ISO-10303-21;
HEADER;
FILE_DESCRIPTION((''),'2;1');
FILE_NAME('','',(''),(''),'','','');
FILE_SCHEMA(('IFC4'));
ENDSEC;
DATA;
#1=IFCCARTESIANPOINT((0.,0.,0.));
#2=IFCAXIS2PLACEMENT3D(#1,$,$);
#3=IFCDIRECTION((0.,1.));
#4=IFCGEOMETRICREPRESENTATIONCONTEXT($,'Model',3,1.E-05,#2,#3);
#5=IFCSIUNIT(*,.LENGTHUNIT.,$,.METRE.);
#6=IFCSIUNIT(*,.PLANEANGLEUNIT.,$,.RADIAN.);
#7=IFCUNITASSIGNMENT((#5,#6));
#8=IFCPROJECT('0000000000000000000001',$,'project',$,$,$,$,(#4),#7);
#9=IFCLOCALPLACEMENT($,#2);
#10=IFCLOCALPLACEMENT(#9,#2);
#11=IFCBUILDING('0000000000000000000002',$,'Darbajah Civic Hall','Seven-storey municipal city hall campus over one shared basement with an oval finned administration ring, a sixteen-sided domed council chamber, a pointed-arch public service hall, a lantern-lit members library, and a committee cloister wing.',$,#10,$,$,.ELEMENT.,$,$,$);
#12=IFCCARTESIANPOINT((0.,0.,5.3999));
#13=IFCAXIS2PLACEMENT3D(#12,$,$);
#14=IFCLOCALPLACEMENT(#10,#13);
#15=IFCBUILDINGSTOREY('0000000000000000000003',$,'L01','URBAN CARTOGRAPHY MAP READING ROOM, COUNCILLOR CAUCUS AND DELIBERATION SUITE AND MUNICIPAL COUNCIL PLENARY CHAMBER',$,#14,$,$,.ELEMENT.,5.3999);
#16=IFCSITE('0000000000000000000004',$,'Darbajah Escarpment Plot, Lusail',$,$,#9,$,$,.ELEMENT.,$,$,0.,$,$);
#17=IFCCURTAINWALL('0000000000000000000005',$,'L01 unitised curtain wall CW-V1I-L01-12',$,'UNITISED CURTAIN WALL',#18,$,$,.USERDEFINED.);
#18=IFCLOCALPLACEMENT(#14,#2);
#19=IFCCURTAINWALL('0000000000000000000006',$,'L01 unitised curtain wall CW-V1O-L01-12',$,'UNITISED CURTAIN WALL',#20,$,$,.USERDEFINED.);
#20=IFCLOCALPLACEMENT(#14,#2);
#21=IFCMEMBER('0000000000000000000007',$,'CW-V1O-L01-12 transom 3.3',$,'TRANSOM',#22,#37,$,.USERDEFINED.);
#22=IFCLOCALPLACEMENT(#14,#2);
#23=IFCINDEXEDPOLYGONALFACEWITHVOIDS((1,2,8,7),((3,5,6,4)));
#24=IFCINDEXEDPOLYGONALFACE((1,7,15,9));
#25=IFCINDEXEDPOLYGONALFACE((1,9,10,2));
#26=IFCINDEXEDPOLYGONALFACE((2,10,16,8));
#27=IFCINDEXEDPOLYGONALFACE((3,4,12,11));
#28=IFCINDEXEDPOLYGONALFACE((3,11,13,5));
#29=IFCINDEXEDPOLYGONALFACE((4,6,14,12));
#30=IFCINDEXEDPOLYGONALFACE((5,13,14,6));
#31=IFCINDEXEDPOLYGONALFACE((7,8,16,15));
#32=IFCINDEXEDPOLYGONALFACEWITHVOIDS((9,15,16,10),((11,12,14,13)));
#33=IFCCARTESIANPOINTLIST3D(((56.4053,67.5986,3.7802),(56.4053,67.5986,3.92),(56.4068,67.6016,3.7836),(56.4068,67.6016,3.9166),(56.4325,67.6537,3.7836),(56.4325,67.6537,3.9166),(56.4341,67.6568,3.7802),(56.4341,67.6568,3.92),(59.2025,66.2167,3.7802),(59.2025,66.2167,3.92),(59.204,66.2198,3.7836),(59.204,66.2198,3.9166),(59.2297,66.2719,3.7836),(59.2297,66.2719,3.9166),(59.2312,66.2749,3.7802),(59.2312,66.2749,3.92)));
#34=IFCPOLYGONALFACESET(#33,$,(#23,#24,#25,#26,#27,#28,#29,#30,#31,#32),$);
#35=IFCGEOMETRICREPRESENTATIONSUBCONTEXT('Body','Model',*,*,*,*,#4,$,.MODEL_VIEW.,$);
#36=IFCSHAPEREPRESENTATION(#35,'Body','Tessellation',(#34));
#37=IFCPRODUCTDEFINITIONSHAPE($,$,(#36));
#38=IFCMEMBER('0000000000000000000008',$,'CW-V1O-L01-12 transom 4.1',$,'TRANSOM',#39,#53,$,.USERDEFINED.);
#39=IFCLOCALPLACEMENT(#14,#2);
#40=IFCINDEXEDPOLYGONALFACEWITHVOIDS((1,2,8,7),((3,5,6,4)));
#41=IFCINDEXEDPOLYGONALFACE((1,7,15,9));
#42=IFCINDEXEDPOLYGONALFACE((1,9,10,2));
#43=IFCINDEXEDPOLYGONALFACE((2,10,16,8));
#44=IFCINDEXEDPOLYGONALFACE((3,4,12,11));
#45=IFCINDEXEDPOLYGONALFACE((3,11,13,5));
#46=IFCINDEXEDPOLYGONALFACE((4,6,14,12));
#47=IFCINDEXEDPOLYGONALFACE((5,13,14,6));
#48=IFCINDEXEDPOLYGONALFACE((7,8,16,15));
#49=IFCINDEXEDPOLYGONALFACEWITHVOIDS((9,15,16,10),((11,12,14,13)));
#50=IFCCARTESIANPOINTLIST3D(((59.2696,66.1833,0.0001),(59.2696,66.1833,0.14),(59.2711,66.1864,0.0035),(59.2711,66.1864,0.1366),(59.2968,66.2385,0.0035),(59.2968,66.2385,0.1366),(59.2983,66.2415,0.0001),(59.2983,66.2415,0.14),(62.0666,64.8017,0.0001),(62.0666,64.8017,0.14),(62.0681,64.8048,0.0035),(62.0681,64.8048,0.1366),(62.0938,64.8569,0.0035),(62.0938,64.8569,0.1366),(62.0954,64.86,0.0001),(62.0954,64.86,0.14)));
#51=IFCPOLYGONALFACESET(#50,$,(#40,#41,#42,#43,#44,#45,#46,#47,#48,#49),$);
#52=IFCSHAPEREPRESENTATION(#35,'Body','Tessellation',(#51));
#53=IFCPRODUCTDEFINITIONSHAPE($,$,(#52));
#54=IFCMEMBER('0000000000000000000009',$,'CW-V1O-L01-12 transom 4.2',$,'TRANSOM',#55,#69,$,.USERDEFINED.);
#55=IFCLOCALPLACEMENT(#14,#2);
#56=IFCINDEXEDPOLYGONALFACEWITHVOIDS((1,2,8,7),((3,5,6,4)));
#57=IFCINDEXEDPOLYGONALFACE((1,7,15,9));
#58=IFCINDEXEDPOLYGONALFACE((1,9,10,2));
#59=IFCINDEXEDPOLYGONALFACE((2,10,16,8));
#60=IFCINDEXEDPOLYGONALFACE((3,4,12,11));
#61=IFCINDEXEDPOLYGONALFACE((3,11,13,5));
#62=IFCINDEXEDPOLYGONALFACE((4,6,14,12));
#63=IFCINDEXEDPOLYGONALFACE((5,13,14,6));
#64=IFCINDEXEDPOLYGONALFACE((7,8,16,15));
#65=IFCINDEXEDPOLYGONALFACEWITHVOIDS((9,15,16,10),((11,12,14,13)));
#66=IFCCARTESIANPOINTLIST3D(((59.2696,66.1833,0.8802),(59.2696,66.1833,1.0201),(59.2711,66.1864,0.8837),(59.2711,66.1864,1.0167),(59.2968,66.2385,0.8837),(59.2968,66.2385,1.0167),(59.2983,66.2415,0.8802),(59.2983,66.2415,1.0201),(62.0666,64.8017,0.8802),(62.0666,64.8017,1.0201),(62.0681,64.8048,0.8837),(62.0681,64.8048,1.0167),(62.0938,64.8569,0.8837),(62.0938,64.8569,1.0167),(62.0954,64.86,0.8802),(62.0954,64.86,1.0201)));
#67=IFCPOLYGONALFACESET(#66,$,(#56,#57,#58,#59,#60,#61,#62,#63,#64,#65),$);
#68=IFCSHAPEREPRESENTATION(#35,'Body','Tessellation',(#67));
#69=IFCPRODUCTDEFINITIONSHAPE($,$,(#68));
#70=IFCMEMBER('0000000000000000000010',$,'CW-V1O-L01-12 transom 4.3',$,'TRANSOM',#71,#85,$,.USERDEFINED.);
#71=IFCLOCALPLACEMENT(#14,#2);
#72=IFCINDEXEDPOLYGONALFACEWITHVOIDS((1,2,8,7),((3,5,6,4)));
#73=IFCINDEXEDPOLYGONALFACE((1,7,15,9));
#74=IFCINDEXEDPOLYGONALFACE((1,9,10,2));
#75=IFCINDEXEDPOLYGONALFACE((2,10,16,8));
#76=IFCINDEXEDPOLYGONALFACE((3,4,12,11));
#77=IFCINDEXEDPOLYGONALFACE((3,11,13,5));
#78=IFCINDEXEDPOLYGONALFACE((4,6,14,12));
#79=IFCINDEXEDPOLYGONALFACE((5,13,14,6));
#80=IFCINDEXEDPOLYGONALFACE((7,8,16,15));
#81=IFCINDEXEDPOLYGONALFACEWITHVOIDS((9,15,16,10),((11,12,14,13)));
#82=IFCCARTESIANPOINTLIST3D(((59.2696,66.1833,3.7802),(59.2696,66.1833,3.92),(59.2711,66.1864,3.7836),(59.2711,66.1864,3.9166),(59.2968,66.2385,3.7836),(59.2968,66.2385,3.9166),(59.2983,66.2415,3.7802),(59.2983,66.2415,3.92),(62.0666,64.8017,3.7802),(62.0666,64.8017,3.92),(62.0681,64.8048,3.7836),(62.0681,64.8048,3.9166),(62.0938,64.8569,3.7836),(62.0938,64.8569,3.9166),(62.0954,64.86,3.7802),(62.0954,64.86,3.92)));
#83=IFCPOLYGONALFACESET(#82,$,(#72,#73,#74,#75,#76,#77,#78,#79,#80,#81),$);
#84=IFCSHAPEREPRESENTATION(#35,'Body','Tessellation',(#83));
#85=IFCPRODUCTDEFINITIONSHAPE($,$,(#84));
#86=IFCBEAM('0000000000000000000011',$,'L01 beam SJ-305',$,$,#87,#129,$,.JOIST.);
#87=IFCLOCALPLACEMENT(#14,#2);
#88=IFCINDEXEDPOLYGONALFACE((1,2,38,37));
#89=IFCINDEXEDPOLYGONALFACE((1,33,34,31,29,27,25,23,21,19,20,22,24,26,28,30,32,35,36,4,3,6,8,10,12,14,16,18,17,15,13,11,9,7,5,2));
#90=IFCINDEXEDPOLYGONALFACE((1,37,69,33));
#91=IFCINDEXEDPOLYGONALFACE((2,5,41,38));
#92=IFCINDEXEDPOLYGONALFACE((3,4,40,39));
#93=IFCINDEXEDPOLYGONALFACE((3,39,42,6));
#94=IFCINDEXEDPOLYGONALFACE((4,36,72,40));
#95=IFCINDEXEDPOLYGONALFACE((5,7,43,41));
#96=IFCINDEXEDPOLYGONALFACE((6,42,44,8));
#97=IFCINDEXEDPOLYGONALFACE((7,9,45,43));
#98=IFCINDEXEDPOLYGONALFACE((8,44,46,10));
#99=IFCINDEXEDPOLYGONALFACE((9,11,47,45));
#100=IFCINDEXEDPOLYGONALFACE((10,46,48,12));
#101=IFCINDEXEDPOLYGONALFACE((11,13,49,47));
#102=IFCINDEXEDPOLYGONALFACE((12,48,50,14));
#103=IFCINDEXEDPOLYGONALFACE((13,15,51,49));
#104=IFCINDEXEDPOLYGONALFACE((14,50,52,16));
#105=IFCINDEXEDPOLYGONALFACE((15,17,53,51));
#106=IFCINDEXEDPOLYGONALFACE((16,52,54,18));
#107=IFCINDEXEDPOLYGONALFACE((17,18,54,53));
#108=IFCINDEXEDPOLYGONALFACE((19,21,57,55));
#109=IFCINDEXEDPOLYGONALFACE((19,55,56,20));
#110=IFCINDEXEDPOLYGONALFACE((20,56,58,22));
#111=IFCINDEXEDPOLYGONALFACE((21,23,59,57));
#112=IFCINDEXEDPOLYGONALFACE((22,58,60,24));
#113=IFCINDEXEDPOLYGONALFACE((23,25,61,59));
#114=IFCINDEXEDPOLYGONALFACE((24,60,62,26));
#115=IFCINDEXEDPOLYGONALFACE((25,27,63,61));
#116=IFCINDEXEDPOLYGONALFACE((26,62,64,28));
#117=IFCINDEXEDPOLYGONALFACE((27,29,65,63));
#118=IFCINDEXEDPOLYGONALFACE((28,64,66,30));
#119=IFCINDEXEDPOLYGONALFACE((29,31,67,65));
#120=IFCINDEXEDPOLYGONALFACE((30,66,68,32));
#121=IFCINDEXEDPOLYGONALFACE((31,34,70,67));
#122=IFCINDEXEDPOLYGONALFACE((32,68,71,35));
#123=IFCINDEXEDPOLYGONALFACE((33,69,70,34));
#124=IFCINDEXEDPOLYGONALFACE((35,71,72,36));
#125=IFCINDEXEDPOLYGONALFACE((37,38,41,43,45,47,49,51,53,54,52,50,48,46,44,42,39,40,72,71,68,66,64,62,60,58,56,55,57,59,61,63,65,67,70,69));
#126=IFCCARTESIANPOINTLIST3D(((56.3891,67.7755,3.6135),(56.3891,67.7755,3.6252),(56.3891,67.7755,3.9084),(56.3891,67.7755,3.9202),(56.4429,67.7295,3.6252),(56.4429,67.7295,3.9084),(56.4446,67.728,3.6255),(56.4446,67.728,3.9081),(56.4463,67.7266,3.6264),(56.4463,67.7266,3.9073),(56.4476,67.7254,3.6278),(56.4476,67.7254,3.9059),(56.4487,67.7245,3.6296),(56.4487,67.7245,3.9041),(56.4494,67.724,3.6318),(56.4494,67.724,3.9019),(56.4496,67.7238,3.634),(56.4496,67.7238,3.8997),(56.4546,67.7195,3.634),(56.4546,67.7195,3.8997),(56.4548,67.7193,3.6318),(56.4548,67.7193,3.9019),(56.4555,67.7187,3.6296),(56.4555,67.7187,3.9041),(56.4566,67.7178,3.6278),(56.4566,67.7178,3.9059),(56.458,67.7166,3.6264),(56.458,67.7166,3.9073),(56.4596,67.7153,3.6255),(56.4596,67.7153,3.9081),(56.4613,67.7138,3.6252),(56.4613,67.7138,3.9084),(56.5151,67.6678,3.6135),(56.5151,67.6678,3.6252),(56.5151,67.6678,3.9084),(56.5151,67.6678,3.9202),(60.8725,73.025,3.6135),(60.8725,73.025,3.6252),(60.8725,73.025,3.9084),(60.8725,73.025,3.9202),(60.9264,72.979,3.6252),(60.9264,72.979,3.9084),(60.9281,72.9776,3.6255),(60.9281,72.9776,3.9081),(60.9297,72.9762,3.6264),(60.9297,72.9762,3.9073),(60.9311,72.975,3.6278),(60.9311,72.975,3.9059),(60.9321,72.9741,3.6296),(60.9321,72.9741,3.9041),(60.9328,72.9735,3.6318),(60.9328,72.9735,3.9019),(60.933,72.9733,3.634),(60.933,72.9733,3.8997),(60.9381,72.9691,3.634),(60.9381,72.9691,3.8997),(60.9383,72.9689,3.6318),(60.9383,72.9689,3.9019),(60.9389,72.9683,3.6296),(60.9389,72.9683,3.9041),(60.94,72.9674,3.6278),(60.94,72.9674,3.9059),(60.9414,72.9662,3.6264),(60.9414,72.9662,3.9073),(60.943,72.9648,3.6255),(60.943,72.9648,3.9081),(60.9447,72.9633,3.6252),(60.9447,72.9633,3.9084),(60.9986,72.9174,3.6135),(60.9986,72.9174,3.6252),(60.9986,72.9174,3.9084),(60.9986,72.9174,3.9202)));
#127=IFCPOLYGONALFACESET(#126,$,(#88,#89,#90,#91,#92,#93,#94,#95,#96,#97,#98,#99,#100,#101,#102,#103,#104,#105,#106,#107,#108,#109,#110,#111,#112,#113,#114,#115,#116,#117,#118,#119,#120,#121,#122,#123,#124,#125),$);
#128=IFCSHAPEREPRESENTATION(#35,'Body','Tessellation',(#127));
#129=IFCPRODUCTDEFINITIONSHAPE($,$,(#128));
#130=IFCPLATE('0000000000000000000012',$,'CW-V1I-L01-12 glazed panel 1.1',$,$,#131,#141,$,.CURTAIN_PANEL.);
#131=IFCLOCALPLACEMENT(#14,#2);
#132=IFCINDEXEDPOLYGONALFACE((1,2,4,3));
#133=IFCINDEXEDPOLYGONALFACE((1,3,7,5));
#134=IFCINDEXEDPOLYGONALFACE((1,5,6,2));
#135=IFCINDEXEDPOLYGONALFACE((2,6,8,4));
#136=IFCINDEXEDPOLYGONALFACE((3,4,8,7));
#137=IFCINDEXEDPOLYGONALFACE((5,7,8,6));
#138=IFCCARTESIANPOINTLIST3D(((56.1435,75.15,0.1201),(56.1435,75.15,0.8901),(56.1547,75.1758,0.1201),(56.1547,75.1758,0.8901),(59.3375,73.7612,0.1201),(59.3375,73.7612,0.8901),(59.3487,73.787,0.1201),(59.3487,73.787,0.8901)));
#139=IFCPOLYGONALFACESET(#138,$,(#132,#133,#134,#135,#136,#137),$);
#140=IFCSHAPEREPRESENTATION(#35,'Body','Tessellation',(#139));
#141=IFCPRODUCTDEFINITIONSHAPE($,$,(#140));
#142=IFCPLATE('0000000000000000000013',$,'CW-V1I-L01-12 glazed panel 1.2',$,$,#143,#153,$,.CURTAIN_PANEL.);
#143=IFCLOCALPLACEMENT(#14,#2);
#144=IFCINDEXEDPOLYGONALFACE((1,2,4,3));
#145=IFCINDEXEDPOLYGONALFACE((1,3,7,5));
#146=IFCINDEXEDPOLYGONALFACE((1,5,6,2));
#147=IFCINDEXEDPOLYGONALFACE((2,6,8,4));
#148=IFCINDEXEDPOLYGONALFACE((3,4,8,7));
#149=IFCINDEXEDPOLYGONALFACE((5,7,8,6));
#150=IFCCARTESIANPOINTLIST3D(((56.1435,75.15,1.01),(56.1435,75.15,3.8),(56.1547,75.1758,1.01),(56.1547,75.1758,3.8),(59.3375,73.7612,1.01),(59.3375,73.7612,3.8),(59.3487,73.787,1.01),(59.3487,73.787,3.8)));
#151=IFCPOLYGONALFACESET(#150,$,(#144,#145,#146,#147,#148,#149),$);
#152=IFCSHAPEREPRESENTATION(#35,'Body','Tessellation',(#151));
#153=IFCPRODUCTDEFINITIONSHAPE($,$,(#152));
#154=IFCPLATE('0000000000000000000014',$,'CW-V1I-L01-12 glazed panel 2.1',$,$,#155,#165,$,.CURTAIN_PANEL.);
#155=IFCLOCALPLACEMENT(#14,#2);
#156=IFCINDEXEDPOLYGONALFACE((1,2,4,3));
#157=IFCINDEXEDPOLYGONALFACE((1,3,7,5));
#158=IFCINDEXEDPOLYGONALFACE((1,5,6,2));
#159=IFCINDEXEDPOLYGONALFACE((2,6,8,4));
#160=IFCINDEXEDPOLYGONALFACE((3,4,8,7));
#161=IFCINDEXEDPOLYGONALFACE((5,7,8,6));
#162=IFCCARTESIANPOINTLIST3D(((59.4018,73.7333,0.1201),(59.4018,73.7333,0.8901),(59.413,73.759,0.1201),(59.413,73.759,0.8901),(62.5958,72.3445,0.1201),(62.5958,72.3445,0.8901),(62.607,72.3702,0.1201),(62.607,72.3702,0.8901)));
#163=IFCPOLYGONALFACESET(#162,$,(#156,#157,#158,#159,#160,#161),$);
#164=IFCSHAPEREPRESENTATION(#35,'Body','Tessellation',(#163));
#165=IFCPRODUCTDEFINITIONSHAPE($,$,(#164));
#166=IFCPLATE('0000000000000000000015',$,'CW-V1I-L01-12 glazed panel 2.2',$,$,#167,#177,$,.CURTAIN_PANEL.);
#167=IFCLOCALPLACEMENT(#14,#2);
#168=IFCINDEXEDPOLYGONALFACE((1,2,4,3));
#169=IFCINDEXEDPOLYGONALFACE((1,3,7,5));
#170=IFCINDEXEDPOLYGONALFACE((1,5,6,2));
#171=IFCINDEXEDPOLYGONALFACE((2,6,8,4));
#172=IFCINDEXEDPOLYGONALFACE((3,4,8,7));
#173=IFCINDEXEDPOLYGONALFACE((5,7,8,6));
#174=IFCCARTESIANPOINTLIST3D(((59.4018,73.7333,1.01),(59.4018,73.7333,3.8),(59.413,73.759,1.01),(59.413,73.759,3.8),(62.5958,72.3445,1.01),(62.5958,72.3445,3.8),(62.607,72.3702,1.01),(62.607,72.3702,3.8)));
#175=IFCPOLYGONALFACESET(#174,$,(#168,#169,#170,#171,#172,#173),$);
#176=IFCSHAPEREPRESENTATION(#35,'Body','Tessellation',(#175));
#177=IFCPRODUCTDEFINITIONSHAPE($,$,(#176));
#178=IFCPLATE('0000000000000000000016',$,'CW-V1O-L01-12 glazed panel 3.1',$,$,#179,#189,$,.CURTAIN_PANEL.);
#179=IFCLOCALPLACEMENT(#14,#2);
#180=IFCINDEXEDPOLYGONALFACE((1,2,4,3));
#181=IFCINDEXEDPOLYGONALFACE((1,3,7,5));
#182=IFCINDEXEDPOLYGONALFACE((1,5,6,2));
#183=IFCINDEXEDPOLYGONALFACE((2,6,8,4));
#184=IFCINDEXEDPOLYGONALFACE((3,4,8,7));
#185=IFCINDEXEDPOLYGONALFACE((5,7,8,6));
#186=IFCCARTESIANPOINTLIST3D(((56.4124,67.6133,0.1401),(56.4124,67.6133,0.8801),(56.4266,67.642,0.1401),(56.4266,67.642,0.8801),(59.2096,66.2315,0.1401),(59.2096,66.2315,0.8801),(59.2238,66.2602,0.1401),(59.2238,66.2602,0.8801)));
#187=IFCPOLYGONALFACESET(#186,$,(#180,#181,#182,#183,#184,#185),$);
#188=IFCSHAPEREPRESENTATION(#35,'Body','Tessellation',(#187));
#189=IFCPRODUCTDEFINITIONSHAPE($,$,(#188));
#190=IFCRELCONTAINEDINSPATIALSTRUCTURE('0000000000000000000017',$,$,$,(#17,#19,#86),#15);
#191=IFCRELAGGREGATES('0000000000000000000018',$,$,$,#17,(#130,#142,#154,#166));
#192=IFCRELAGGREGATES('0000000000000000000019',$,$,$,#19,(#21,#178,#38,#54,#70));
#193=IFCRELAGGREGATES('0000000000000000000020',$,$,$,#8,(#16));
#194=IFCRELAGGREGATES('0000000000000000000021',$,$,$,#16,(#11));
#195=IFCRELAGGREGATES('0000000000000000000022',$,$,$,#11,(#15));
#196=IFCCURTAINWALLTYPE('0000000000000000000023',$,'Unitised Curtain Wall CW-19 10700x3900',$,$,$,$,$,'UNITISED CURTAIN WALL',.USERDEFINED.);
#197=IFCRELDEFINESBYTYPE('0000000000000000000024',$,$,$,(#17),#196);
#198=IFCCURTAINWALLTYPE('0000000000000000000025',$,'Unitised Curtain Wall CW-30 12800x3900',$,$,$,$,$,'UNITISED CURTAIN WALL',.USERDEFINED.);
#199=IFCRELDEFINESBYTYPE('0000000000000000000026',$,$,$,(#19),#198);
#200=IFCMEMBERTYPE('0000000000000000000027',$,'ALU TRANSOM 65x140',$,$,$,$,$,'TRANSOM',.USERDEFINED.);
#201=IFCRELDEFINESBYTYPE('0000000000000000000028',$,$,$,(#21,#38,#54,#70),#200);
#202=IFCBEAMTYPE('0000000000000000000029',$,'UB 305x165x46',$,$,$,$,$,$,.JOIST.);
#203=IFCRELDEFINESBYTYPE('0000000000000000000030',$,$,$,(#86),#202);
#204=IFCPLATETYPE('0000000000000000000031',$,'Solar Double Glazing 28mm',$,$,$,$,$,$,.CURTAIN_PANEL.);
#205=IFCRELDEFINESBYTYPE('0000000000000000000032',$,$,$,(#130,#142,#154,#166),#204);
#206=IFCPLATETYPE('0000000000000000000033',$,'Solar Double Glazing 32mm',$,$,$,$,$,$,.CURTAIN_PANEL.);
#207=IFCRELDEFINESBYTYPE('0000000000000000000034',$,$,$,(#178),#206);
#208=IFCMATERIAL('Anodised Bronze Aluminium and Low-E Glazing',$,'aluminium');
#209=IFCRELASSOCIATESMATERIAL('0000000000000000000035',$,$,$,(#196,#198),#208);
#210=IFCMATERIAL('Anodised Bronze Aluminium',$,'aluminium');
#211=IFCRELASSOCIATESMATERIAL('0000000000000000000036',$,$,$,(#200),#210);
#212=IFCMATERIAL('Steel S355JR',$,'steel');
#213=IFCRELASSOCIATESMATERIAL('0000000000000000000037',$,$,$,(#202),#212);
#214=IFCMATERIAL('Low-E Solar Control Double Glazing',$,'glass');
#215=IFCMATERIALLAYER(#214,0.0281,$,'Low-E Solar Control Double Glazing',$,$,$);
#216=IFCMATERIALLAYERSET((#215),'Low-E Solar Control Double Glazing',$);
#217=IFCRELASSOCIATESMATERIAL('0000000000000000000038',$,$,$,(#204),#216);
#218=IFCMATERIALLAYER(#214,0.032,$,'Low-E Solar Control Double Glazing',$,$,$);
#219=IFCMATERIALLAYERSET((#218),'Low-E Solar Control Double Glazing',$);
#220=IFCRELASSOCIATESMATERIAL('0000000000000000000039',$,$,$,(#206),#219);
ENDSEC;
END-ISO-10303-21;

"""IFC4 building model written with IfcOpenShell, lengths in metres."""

from ifc_helpers import new_model, si_unit, direction, frame, origin, origin_2d, place, context, subcontext, project, spatial, rectangle, hollow_rectangle, i_section, extrude, material, layer, layer_set, material_profile, profile_set, type_object, element, aggregate, save


model = new_model("IFC4")

# Units and contexts
model_context = context("Model", 3, precision=1e-05, world=origin(), true_north=direction((0.0, 1.0)))
body_context = subcontext(model_context, "Body", "Model", "MODEL_VIEW")
ifc_project = project(units=[si_unit("LENGTHUNIT", "METRE"), si_unit("PLANEANGLEUNIT", "RADIAN")], contexts=[model_context])

# Site, building, storey
site_placement = place(None, origin())
site = spatial("IfcSite", under=ifc_project, at=site_placement, Name="Darbajah Escarpment Plot, Lusail", CompositionType="ELEMENT", RefElevation=0.0)
building_placement = place(site_placement, origin())
building = spatial("IfcBuilding", under=site, at=building_placement, Name="Darbajah Civic Hall", Description="Seven-storey municipal city hall campus over one shared basement with an oval finned administration ring, a sixteen-sided domed council chamber, a pointed-arch public service hall, a lantern-lit members library, and a committee cloister wing.", CompositionType="ELEMENT")
storey_placement = place(building_placement, frame((0.0, 0.0, 5.3999)))
storey = spatial("IfcBuildingStorey", under=building, at=storey_placement, Name="L01", Description="URBAN CARTOGRAPHY MAP READING ROOM, COUNCILLOR CAUCUS AND DELIBERATION SUITE AND MUNICIPAL COUNCIL PLENARY CHAMBER", CompositionType="ELEMENT", Elevation=5.3999)

# Curtain wall
ifc_material_1 = material(Name="Anodised Bronze Aluminium and Low-E Glazing", Category="aluminium")
curtain_wall_type_1 = type_object("IfcCurtainWallType", Name="Unitised Curtain Wall CW-19 10700x3900", ElementType="UNITISED CURTAIN WALL", PredefinedType="USERDEFINED", material=ifc_material_1)
curtain_wall_1_placement = place(storey_placement, origin())
curtain_wall_1 = element("IfcCurtainWall", 1, at=curtain_wall_1_placement, inside=storey, type_object=curtain_wall_type_1, Name="L01 unitised curtain wall CW-V1I-L01-12", ObjectType="UNITISED CURTAIN WALL", PredefinedType="USERDEFINED")
ifc_material_2 = material(Name="Anodised Bronze Aluminium", Category="aluminium")

# Curtain wall
curtain_wall_type_2 = type_object("IfcCurtainWallType", Name="Unitised Curtain Wall CW-30 12800x3900", ElementType="UNITISED CURTAIN WALL", PredefinedType="USERDEFINED", material=ifc_material_1)
curtain_wall_2_placement = place(storey_placement, origin())
curtain_wall_2 = element("IfcCurtainWall", 2, at=curtain_wall_2_placement, inside=storey, type_object=curtain_wall_type_2, Name="L01 unitised curtain wall CW-V1O-L01-12", ObjectType="UNITISED CURTAIN WALL", PredefinedType="USERDEFINED")

# Members
ifc_material_profile_1 = material_profile(ifc_material_2, hollow_rectangle(XDim=0.0649, YDim=0.1399, WallThickness=0.0034, at=origin_2d()), Name="ALU TRANSOM 65x140")
ifc_profile_set_1 = profile_set([ifc_material_profile_1], Name="Anodised Bronze Aluminium")
member_type_1 = type_object("IfcMemberType", Name="ALU TRANSOM 65x140", ElementType="TRANSOM", PredefinedType="USERDEFINED", material=ifc_profile_set_1)
member_1_placement = place(storey_placement, frame((56.4197, 67.6277, 3.8501), z_axis=(0.896561, -0.44292, 0.0), x_axis=(0.44292, 0.896561, 0.0)))
member_1 = element("IfcMember", 3, at=member_1_placement, type_object=member_type_1, Name="CW-V1O-L01-12 transom 3.3", ObjectType="TRANSOM", PredefinedType="USERDEFINED", context=body_context, shape_type="SweptSolid", body=[
    extrude(hollow_rectangle(XDim=0.0649, YDim=0.1399, WallThickness=0.0034, at=origin_2d()), origin(), (0.0, 0.0, 1.0), 3.1199),
])
member_2_placement = place(storey_placement, frame((59.2839, 66.2124, 0.0701), z_axis=(0.896592, -0.442857, 0.0), x_axis=(0.442857, 0.896592, 0.0)))
member_2 = element("IfcMember", 4, at=member_2_placement, type_object=member_type_1, Name="CW-V1O-L01-12 transom 4.1", ObjectType="TRANSOM", PredefinedType="USERDEFINED", context=body_context, shape_type="SweptSolid", body=[
    extrude(hollow_rectangle(XDim=0.0649, YDim=0.1399, WallThickness=0.0034, at=origin_2d()), origin(), (0.0, 0.0, 1.0), 3.1196),
])
member_3_placement = place(storey_placement, frame((59.2839, 66.2124, 0.9502), z_axis=(0.896592, -0.442857, 0.0), x_axis=(0.442857, 0.896592, 0.0)))
member_3 = element("IfcMember", 5, at=member_3_placement, type_object=member_type_1, Name="CW-V1O-L01-12 transom 4.2", ObjectType="TRANSOM", PredefinedType="USERDEFINED", context=body_context, shape_type="SweptSolid", body=[
    extrude(hollow_rectangle(XDim=0.0649, YDim=0.1399, WallThickness=0.0034, at=origin_2d()), origin(), (0.0, 0.0, 1.0), 3.1196),
])
member_4_placement = place(storey_placement, frame((59.2839, 66.2124, 3.8501), z_axis=(0.896592, -0.442857, 0.0), x_axis=(0.442857, 0.896592, 0.0)))
member_4 = element("IfcMember", 6, at=member_4_placement, type_object=member_type_1, Name="CW-V1O-L01-12 transom 4.3", ObjectType="TRANSOM", PredefinedType="USERDEFINED", context=body_context, shape_type="SweptSolid", body=[
    extrude(hollow_rectangle(XDim=0.0649, YDim=0.1399, WallThickness=0.0034, at=origin_2d()), origin(), (0.0, 0.0, 1.0), 3.1196),
])

# Beam
ifc_material_3 = material(Name="Steel S355JR", Category="steel")
ifc_material_profile_2 = material_profile(ifc_material_3, i_section(OverallWidth=0.1658, OverallDepth=0.3066, WebThickness=0.0066, FlangeThickness=0.0117, FilletRadius=0.0088, at=origin_2d()), Name="UB 305x165x46")
ifc_profile_set_2 = profile_set([ifc_material_profile_2], Name="Steel S355JR")
beam_type = type_object("IfcBeamType", Name="UB 305x165x46", PredefinedType="JOIST", material=ifc_profile_set_2)
beam_placement = place(storey_placement, frame((60.9355, 72.9712, 3.7668), z_axis=(-0.649439, -0.760414, 0.0), x_axis=(0.760414, -0.649439, 0.0)))
element("IfcBeam", 7, at=beam_placement, inside=storey, type_object=beam_type, Name="L01 beam SJ-305", PredefinedType="JOIST", context=body_context, shape_type="SweptSolid", body=[
    extrude(i_section(OverallWidth=0.1658, OverallDepth=0.3066, WebThickness=0.0066, FlangeThickness=0.0117, FilletRadius=0.0088, at=origin_2d()), origin(), (0.0, 0.0, 1.0), 6.9036),
])

# Plates
ifc_material_4 = material(Name="Low-E Solar Control Double Glazing", Category="glass")
ifc_layer_1 = layer(ifc_material_4, 0.0281, Name="Low-E Solar Control Double Glazing")
ifc_layer_set_1 = layer_set([ifc_layer_1], Name="Low-E Solar Control Double Glazing")
plate_type_1 = type_object("IfcPlateType", Name="Solar Double Glazing 28mm", PredefinedType="CURTAIN_PANEL", material=ifc_layer_set_1)
plate_1_placement = place(storey_placement, frame((57.7461, 74.4685, 0.1201), z_axis=(0.0, 0.0, 1.0), x_axis=(0.91706, -0.398749, 0.0)))
plate_1 = element("IfcPlate", 8, at=plate_1_placement, type_object=plate_type_1, Name="CW-V1I-L01-12 glazed panel 1.1", PredefinedType="CURTAIN_PANEL", context=body_context, shape_type="SweptSolid", body=[
    extrude(rectangle(XDim=3.4829, YDim=0.0281, at=origin_2d()), origin(), (0.0, 0.0, 1.0), 0.77),
])
plate_2_placement = place(storey_placement, frame((57.7461, 74.4685, 1.01), z_axis=(0.0, 0.0, 1.0), x_axis=(0.91706, -0.398749, 0.0)))
plate_2 = element("IfcPlate", 9, at=plate_2_placement, type_object=plate_type_1, Name="CW-V1I-L01-12 glazed panel 1.2", PredefinedType="CURTAIN_PANEL", context=body_context, shape_type="SweptSolid", body=[
    extrude(rectangle(XDim=3.4829, YDim=0.0281, at=origin_2d()), origin(), (0.0, 0.0, 1.0), 2.79),
])
plate_3_placement = place(storey_placement, frame((61.0044, 73.0518, 0.1201), z_axis=(0.0, 0.0, 1.0), x_axis=(0.91706, -0.398749, 0.0)))
plate_3 = element("IfcPlate", 10, at=plate_3_placement, type_object=plate_type_1, Name="CW-V1I-L01-12 glazed panel 2.1", PredefinedType="CURTAIN_PANEL", context=body_context, shape_type="SweptSolid", body=[
    extrude(rectangle(XDim=3.4829, YDim=0.0281, at=origin_2d()), origin(), (0.0, 0.0, 1.0), 0.77),
])
plate_4_placement = place(storey_placement, frame((61.0044, 73.0518, 1.01), z_axis=(0.0, 0.0, 1.0), x_axis=(0.91706, -0.398749, 0.0)))
plate_4 = element("IfcPlate", 11, at=plate_4_placement, type_object=plate_type_1, Name="CW-V1I-L01-12 glazed panel 2.2", PredefinedType="CURTAIN_PANEL", context=body_context, shape_type="SweptSolid", body=[
    extrude(rectangle(XDim=3.4829, YDim=0.0281, at=origin_2d()), origin(), (0.0, 0.0, 1.0), 2.79),
])
aggregate(curtain_wall_1, [plate_1, plate_2, plate_3, plate_4])
ifc_layer_2 = layer(ifc_material_4, 0.032, Name="Low-E Solar Control Double Glazing")
ifc_layer_set_2 = layer_set([ifc_layer_2], Name="Low-E Solar Control Double Glazing")
plate_type_2 = type_object("IfcPlateType", Name="Solar Double Glazing 32mm", PredefinedType="CURTAIN_PANEL", material=ifc_layer_set_2)
plate_5_placement = place(storey_placement, frame((57.8181, 66.9368, 0.1401), z_axis=(0.0, 0.0, 1.0), x_axis=(0.896564, -0.442915, 0.0)))
plate_5 = element("IfcPlate", 12, at=plate_5_placement, type_object=plate_type_2, Name="CW-V1O-L01-12 glazed panel 3.1", PredefinedType="CURTAIN_PANEL", context=body_context, shape_type="SweptSolid", body=[
    extrude(rectangle(XDim=3.1199, YDim=0.032, at=origin_2d()), origin(), (0.0, 0.0, 1.0), 0.74),
])
aggregate(curtain_wall_2, [member_1, plate_5, member_2, member_3, member_4])

save(model, "model.ifc")
